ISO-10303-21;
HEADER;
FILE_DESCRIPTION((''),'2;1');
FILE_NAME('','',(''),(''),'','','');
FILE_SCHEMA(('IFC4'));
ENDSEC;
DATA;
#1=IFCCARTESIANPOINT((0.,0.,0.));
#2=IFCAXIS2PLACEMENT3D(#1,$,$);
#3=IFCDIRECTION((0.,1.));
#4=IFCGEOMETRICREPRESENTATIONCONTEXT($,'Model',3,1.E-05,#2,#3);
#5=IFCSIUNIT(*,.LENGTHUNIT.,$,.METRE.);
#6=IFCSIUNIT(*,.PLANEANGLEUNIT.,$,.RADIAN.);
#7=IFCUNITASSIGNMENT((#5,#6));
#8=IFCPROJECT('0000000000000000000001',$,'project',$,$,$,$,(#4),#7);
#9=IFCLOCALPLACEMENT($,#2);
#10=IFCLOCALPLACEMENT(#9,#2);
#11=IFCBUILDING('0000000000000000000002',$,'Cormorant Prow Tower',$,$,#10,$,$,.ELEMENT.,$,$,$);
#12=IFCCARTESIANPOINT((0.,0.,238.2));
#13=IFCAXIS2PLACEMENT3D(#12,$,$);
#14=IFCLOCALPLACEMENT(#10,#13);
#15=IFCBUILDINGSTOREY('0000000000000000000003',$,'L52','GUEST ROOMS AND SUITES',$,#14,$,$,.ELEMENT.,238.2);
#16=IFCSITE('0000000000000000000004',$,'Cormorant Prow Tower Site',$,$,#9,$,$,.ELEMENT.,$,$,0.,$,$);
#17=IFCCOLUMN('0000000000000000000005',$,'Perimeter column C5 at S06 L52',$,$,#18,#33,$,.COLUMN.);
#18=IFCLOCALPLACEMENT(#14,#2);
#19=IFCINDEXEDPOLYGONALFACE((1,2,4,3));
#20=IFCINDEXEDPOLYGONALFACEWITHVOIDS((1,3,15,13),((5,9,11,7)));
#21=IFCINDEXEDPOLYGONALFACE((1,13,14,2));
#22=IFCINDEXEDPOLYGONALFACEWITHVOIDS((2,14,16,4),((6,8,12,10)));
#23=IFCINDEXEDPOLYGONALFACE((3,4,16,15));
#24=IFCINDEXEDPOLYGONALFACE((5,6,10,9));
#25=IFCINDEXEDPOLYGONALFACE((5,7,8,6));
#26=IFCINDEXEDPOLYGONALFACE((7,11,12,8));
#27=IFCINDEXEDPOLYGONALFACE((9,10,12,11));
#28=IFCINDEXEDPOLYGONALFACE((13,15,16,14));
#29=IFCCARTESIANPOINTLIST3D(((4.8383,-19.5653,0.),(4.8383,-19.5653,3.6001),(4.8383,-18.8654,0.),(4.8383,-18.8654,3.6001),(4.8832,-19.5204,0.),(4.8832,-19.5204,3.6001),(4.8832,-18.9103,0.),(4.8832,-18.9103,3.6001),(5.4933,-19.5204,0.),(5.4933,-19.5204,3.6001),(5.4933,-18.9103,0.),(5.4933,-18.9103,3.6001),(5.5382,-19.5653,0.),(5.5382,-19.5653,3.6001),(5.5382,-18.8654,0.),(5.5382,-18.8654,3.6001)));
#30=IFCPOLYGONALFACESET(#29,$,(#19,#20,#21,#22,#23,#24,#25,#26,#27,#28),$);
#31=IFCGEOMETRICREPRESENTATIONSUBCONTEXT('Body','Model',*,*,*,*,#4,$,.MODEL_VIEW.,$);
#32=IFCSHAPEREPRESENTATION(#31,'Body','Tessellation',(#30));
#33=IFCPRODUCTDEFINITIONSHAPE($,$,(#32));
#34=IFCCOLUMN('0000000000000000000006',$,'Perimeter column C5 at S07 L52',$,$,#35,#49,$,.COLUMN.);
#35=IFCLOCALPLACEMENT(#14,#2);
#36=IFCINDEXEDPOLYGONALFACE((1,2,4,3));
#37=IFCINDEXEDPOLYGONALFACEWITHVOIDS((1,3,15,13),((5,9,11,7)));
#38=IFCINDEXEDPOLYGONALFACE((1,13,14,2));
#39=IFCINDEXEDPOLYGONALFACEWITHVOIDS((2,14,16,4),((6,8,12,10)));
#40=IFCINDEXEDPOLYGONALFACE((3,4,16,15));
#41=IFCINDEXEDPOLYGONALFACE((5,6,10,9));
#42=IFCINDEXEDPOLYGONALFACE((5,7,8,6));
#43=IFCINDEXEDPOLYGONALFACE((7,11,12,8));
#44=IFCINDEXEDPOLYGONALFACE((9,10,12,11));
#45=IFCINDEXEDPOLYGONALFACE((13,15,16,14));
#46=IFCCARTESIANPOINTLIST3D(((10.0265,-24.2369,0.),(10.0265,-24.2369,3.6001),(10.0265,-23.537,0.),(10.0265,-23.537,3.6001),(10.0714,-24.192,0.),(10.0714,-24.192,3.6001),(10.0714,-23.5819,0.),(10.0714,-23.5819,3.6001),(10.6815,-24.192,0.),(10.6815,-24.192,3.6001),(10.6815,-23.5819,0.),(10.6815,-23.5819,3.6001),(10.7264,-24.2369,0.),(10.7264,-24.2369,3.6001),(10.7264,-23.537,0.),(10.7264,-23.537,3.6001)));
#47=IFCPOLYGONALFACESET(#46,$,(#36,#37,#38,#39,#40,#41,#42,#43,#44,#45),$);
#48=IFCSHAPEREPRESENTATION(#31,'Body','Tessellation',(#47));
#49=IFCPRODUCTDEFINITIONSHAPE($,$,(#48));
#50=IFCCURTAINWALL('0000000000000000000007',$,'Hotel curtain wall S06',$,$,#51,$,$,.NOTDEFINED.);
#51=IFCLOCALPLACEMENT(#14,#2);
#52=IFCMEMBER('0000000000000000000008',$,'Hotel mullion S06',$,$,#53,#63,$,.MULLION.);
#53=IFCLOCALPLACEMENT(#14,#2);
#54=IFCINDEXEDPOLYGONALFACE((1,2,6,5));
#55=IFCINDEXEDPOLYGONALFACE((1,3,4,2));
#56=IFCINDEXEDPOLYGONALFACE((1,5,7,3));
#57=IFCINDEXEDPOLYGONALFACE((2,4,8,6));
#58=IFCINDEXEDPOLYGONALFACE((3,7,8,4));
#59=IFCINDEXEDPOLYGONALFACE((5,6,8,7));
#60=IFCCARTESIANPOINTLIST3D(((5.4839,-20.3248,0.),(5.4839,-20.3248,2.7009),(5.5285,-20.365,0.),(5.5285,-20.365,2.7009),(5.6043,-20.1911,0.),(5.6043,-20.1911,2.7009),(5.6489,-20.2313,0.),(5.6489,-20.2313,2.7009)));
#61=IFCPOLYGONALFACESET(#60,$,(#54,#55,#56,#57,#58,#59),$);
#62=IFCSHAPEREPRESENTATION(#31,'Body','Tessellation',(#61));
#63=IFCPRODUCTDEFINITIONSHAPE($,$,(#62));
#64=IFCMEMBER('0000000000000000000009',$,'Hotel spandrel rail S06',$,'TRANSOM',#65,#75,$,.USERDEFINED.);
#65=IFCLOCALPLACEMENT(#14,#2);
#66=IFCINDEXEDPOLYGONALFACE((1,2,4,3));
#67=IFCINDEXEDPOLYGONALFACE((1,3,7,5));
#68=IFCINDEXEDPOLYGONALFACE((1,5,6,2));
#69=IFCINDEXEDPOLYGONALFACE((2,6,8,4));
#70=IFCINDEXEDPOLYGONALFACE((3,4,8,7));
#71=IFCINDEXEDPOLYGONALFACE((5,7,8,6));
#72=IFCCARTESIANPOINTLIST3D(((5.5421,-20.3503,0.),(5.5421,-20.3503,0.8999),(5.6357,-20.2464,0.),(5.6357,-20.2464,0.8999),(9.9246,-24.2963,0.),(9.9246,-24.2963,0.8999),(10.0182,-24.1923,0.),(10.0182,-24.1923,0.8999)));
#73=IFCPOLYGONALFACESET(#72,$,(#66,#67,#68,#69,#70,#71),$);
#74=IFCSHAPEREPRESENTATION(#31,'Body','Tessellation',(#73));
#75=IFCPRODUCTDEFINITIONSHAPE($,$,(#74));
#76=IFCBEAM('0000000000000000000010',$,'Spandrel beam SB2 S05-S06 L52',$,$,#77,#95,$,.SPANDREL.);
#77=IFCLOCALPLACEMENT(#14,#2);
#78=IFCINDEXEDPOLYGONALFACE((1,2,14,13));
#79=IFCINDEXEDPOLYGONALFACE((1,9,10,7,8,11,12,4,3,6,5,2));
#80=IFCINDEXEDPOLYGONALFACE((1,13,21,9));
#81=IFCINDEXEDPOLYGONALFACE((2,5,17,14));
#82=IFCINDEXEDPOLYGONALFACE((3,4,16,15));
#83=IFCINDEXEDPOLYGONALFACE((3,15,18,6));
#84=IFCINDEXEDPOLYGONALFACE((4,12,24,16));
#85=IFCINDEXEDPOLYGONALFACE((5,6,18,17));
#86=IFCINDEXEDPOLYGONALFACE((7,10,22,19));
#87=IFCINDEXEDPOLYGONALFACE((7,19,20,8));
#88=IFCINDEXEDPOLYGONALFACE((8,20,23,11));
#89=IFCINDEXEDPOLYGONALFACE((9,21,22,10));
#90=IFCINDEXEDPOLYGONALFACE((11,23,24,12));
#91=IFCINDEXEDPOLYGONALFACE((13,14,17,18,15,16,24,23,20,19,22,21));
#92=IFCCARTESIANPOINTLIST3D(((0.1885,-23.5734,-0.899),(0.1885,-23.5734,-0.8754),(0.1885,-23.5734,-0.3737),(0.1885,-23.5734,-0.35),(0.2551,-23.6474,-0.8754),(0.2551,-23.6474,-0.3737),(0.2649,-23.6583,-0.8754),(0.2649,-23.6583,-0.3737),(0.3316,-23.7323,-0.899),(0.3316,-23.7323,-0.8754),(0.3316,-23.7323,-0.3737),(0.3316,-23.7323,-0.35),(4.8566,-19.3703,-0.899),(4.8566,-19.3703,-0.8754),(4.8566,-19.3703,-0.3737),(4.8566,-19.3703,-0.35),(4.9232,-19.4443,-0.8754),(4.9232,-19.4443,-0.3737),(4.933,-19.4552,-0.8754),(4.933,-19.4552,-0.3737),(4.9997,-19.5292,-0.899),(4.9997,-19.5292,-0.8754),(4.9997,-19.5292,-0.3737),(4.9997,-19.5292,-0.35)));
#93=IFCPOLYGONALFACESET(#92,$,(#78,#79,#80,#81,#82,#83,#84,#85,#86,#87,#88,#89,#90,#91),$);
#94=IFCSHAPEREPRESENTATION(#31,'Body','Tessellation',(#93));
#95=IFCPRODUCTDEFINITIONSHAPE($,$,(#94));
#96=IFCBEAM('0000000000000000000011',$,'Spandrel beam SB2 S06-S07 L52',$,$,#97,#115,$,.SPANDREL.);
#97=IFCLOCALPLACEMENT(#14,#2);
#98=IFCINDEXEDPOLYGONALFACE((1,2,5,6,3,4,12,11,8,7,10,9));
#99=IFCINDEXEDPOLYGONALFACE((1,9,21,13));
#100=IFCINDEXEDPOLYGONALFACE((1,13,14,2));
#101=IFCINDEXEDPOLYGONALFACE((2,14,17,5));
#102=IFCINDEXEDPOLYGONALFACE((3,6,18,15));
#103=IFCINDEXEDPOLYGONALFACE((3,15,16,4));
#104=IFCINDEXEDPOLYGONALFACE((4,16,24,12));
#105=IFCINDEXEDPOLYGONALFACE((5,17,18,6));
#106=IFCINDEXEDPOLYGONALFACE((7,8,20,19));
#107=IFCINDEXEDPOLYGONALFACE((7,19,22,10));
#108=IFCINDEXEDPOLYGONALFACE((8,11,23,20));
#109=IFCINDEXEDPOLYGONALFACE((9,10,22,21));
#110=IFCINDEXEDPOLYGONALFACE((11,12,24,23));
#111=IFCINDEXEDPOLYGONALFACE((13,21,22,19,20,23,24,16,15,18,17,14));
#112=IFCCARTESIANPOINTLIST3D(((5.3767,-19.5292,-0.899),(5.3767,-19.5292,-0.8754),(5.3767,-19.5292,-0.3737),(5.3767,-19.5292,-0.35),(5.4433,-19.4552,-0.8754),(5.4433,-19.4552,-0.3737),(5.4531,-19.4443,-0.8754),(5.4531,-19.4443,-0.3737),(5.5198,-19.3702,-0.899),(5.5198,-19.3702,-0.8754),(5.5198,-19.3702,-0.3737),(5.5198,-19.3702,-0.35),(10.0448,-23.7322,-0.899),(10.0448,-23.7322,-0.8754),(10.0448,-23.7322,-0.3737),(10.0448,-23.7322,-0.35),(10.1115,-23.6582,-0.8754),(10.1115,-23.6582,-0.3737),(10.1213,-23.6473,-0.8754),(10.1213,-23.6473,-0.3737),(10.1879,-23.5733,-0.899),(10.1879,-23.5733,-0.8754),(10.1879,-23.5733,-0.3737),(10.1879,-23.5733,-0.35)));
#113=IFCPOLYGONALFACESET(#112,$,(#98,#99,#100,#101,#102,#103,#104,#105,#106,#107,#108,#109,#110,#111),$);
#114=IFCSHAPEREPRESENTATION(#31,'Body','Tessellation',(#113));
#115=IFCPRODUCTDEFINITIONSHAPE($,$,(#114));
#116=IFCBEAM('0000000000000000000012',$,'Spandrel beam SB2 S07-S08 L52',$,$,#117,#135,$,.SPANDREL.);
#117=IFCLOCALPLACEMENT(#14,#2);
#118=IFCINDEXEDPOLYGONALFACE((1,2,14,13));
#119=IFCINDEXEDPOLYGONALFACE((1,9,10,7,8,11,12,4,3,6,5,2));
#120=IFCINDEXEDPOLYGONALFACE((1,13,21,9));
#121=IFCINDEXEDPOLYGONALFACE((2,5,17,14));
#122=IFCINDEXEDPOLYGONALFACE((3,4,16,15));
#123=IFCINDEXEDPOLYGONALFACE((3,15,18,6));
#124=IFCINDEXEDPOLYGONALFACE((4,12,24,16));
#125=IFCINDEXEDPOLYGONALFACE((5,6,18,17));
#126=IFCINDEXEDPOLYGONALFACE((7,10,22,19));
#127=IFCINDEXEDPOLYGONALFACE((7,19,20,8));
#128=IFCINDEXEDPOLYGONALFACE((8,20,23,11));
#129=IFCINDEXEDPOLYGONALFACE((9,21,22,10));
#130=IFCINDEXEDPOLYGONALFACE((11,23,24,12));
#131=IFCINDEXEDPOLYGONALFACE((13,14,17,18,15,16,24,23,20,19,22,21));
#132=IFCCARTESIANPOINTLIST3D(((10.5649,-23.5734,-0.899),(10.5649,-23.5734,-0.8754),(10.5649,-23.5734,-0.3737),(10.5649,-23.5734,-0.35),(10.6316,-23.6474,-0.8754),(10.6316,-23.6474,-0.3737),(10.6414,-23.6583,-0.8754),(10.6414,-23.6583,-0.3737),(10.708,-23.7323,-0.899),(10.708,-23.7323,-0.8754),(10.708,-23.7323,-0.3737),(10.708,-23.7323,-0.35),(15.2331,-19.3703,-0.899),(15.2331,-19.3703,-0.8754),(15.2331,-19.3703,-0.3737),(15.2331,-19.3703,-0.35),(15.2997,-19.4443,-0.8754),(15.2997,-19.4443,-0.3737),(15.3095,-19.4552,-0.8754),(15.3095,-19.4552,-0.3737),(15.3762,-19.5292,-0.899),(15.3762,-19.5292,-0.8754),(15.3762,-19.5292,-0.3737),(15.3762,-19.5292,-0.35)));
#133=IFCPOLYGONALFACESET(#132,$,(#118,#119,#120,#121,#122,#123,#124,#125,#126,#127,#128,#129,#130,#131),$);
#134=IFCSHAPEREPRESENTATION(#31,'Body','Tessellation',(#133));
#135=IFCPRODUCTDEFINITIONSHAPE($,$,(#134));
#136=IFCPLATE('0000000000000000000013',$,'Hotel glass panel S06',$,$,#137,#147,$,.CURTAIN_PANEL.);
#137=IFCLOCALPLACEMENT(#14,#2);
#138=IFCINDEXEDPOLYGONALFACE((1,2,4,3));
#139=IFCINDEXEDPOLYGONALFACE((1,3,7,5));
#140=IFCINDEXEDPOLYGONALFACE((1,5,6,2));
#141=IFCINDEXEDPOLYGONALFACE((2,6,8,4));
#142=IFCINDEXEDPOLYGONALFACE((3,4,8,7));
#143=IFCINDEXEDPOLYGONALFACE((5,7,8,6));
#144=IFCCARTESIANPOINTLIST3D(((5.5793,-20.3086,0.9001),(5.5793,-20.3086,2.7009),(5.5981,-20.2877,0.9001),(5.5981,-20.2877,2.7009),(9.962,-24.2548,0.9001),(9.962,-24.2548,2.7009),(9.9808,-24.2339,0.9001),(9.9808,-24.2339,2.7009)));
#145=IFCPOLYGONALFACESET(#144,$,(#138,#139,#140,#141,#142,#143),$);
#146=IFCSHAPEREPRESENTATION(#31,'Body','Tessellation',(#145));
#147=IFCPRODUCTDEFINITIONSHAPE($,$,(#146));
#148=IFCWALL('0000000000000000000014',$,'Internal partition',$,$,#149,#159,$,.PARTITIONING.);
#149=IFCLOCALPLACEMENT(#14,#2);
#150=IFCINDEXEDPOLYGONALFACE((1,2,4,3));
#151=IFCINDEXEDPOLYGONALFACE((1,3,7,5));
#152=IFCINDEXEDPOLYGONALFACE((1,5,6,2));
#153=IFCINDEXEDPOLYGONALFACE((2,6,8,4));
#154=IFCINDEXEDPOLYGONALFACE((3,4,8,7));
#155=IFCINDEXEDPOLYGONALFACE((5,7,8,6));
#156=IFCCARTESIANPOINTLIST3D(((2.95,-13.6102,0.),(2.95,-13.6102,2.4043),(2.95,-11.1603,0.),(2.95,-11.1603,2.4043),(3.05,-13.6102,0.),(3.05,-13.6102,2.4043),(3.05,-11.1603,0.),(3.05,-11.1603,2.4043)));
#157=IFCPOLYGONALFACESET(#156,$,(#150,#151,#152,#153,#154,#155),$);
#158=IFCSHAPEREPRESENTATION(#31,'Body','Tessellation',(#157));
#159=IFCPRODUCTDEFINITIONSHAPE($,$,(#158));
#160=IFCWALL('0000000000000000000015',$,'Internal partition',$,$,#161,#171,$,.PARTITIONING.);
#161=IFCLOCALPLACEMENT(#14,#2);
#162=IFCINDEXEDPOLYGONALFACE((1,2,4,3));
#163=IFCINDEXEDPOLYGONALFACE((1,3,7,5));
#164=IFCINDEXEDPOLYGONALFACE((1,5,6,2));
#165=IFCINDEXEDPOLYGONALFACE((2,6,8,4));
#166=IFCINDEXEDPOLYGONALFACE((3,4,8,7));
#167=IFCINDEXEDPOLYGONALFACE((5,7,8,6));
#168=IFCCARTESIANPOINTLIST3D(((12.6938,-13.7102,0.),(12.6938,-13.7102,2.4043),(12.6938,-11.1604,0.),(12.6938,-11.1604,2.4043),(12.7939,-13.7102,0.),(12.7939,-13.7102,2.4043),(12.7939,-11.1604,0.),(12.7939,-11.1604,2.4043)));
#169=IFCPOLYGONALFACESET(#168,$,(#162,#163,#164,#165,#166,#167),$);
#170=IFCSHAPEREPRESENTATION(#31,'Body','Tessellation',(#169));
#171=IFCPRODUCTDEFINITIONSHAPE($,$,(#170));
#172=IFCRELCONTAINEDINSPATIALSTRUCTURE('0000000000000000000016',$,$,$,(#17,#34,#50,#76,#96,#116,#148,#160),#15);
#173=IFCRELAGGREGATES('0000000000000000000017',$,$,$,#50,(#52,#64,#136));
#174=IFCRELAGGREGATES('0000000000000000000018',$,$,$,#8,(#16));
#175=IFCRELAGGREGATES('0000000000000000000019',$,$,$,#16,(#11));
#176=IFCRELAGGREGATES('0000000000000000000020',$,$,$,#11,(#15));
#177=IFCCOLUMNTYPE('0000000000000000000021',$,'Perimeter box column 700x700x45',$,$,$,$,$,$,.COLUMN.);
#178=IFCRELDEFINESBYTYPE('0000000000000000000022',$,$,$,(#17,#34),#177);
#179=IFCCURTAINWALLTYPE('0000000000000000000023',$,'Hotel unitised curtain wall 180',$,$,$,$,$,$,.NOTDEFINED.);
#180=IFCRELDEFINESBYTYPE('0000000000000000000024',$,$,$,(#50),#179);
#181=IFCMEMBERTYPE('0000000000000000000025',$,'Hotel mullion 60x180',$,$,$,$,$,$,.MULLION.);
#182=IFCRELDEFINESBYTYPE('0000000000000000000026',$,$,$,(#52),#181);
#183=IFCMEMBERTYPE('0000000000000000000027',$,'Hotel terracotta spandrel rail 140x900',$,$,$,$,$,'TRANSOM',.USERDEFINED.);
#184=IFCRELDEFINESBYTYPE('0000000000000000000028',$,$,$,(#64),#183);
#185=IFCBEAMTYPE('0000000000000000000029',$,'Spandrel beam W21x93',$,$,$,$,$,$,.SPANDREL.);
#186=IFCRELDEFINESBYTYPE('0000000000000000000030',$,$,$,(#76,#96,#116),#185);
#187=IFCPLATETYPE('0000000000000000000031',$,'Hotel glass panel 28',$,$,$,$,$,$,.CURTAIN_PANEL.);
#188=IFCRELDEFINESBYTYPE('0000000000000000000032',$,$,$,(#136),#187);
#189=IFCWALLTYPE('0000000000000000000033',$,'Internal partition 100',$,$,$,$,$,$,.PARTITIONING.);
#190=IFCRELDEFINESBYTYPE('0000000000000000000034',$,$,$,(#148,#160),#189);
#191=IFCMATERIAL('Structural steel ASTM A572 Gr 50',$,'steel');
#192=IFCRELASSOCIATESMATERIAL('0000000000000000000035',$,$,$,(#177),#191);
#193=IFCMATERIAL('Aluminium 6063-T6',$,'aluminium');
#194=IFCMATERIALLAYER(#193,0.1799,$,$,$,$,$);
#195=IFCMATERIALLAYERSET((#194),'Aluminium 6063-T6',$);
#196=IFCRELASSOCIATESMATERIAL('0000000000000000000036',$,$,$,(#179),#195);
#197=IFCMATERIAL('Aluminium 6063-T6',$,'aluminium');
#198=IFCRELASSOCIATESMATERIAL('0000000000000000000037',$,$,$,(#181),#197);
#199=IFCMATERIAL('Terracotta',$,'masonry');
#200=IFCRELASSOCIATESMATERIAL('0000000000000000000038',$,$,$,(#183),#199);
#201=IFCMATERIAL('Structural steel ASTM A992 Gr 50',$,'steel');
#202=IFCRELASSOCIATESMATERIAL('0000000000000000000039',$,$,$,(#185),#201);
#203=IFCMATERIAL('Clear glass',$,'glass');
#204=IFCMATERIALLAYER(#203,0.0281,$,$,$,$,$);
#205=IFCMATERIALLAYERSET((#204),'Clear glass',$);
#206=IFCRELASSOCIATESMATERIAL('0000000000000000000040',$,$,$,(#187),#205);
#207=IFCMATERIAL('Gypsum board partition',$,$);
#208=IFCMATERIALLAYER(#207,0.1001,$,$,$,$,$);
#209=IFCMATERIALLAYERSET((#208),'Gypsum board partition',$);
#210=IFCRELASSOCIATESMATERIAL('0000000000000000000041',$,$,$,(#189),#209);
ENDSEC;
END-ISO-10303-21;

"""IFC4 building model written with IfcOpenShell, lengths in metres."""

from ifc_helpers import new_model, si_unit, direction, frame, frame_2d, origin, origin_2d, place, context, subcontext, project, spatial, rectangle, hollow_rectangle, i_section, extrude, material, layer, layer_set, material_profile, profile_set, type_object, element, aggregate, save


model = new_model("IFC4")

# Units and contexts
model_context = context("Model", 3, precision=1e-05, world=origin(), true_north=direction((0.0, 1.0)))
body_context = subcontext(model_context, "Body", "Model", "MODEL_VIEW")
ifc_project = project(units=[si_unit("LENGTHUNIT", "METRE"), si_unit("PLANEANGLEUNIT", "RADIAN")], contexts=[model_context])

# Site, building, storey
site_placement = place(None, origin())
site = spatial("IfcSite", under=ifc_project, at=site_placement, Name="Cormorant Prow Tower Site", CompositionType="ELEMENT", RefElevation=0.0)
building_placement = place(site_placement, origin())
building = spatial("IfcBuilding", under=site, at=building_placement, Name="Cormorant Prow Tower", CompositionType="ELEMENT")
storey_placement = place(building_placement, frame((0.0, 0.0, 238.2)))
storey = spatial("IfcBuildingStorey", under=building, at=storey_placement, Name="L52", Description="GUEST ROOMS AND SUITES", CompositionType="ELEMENT", Elevation=238.2)

# Columns
ifc_material_1 = material(Name="Structural steel ASTM A572 Gr 50", Category="steel")
ifc_material_profile_1 = material_profile(ifc_material_1, hollow_rectangle(XDim=0.7, YDim=0.7, WallThickness=0.0449, at=origin_2d()), Name="Box 700x700x45")
ifc_profile_set_1 = profile_set([ifc_material_profile_1], Name="Structural steel ASTM A572 Gr 50")
column_type = type_object("IfcColumnType", Name="Perimeter box column 700x700x45", PredefinedType="COLUMN", material=ifc_profile_set_1)
for number, where, z_axis, x_axis, name in (
    (1, (5.1882, -19.2153, 0.0), (0.0, 0.0, 1.0), (1.0, 0.0, 0.0), "Perimeter column C5 at S06 L52"),
    (2, (10.3765, -23.887, 0.0), (0.0, 0.0, 1.0), (1.0, 0.0, 0.0), "Perimeter column C5 at S07 L52"),
):
    element("IfcColumn", number, at=place(storey_placement, frame(where, z_axis=z_axis, x_axis=x_axis)), inside=storey, type_object=column_type, Name=name, PredefinedType="COLUMN", context=body_context, shape_type="SweptSolid", body=[
        extrude(hollow_rectangle(XDim=0.7, YDim=0.7, WallThickness=0.0449, at=origin_2d()), origin(), (0.0, 0.0, 1.0), 3.6001),
    ])

# Curtain wall, members
ifc_material_2 = material(Name="Aluminium 6063-T6", Category="aluminium")
ifc_layer_1 = layer(ifc_material_2, 0.1799)
ifc_layer_set_1 = layer_set([ifc_layer_1], Name="Aluminium 6063-T6")
curtain_wall_type = type_object("IfcCurtainWallType", Name="Hotel unitised curtain wall 180", PredefinedType="NOTDEFINED", material=ifc_layer_set_1)
curtain_wall_placement = place(storey_placement, origin())
curtain_wall = element("IfcCurtainWall", 3, at=curtain_wall_placement, inside=storey, type_object=curtain_wall_type, Name="Hotel curtain wall S06", PredefinedType="NOTDEFINED")
ifc_material_3 = material(Name="Aluminium 6063-T6", Category="aluminium")
ifc_material_profile_2 = material_profile(ifc_material_3, rectangle(XDim=0.1799, YDim=0.0601, at=origin_2d()), Name="Hotel mullion 60x180")
ifc_profile_set_2 = profile_set([ifc_material_profile_2], Name="Aluminium 6063-T6")
member_type_1 = type_object("IfcMemberType", Name="Hotel mullion 60x180", PredefinedType="MULLION", material=ifc_profile_set_2)
member_1_placement = place(storey_placement, frame((5.5664, -20.2781, 0.0), z_axis=(0.0, 0.0, 1.0), x_axis=(0.669131, 0.743145, 0.0)))
member_1 = element("IfcMember", 4, at=member_1_placement, type_object=member_type_1, Name="Hotel mullion S06", PredefinedType="MULLION", context=body_context, shape_type="SweptSolid", body=[
    extrude(rectangle(XDim=0.1799, YDim=0.0601, at=origin_2d()), origin(), (0.0, 0.0, 1.0), 2.7009),
])
ifc_material_4 = material(Name="Terracotta", Category="masonry")
ifc_material_profile_3 = material_profile(ifc_material_4, rectangle(XDim=0.1399, YDim=0.8999, at=origin_2d()), Name="Hotel terracotta spandrel rail 140x900")
ifc_profile_set_3 = profile_set([ifc_material_profile_3], Name="Terracotta")
member_type_2 = type_object("IfcMemberType", Name="Hotel terracotta spandrel rail 140x900", ElementType="TRANSOM", PredefinedType="USERDEFINED", material=ifc_profile_set_3)
member_2_placement = place(storey_placement, frame((5.5889, -20.2983, 0.45), z_axis=(0.743148, -0.669127, 0.0), x_axis=(0.669127, 0.743148, 0.0)))
member_2 = element("IfcMember", 5, at=member_2_placement, type_object=member_type_2, Name="Hotel spandrel rail S06", ObjectType="TRANSOM", PredefinedType="USERDEFINED", context=body_context, shape_type="SweptSolid", body=[
    extrude(rectangle(XDim=0.1399, YDim=0.8999, at=origin_2d()), origin(), (0.0, 0.0, 1.0), 5.8972),
])

# Beams
ifc_material_5 = material(Name="Structural steel ASTM A992 Gr 50", Category="steel")
ifc_material_profile_4 = material_profile(ifc_material_5, i_section(OverallWidth=0.2139, OverallDepth=0.5491, WebThickness=0.0146, FlangeThickness=0.0237, at=origin_2d()), Name="W21x93")
ifc_profile_set_4 = profile_set([ifc_material_profile_4], Name="Structural steel ASTM A992 Gr 50")
beam_type = type_object("IfcBeamType", Name="Spandrel beam W21x93", PredefinedType="SPANDREL", material=ifc_profile_set_4)
for number, where, z_axis, x_axis, name in (
    (6, (0.26, -23.6528, -0.6245), (0.743157, 0.669117, 0.0), (-0.669117, 0.743157, 0.0), "Spandrel beam SB2 S05-S06 L52"),
    (7, (5.4482, -19.4497, -0.6245), (0.743157, -0.669117, 0.0), (0.669117, 0.743157, 0.0), "Spandrel beam SB2 S06-S07 L52"),
    (8, (10.6365, -23.6528, -0.6245), (0.743157, 0.669117, 0.0), (-0.669117, 0.743157, 0.0), "Spandrel beam SB2 S07-S08 L52"),
):
    element("IfcBeam", number, at=place(storey_placement, frame(where, z_axis=z_axis, x_axis=x_axis)), inside=storey, type_object=beam_type, Name=name, PredefinedType="SPANDREL", context=body_context, shape_type="SweptSolid", body=[
        extrude(i_section(OverallWidth=0.2139, OverallDepth=0.5491, WebThickness=0.0146, FlangeThickness=0.0237, at=origin_2d()), origin(), (0.0, 0.0, 1.0), 6.2815),
    ])

# Plate
ifc_material_6 = material(Name="Clear glass", Category="glass")
ifc_layer_2 = layer(ifc_material_6, 0.0281)
ifc_layer_set_2 = layer_set([ifc_layer_2], Name="Clear glass")
plate_type = type_object("IfcPlateType", Name="Hotel glass panel 28", PredefinedType="CURTAIN_PANEL", material=ifc_layer_set_2)
plate_placement = place(storey_placement, frame((7.78, -22.2712, 0.9001), z_axis=(0.0, 0.0, 1.0), x_axis=(0.743145, -0.669131, 0.0)))
plate = element("IfcPlate", 9, at=plate_placement, type_object=plate_type, Name="Hotel glass panel S06", PredefinedType="CURTAIN_PANEL", context=body_context, shape_type="SweptSolid", body=[
    extrude(rectangle(XDim=5.8975, YDim=0.0281, at=origin_2d()), origin(), (0.0, 0.0, 1.0), 1.8008),
])
aggregate(curtain_wall, [member_1, member_2, plate])

# Walls
ifc_material_7 = material(Name="Gypsum board partition")
ifc_layer_3 = layer(ifc_material_7, 0.1001)
ifc_layer_set_3 = layer_set([ifc_layer_3], Name="Gypsum board partition")
wall_type_1 = type_object("IfcWallType", Name="Internal partition 100", PredefinedType="PARTITIONING", material=ifc_layer_set_3)
wall_1_placement = place(storey_placement, frame((3.0, -13.6104, 0.0), z_axis=(0.0, 0.0, 1.0), x_axis=(0.0, 1.0, 0.0)))
element("IfcWall", 10, at=wall_1_placement, inside=storey, type_object=wall_type_1, Name="Internal partition", PredefinedType="PARTITIONING", context=body_context, shape_type="SweptSolid", body=[
    extrude(rectangle(XDim=2.45, YDim=0.1001, at=frame_2d((1.2251, 0.0))), origin(), (0.0, 0.0, 1.0), 2.4043),
])
wall_2_placement = place(storey_placement, frame((12.7439, -13.7102, 0.0), z_axis=(0.0, 0.0, 1.0), x_axis=(0.0, 1.0, 0.0)))
element("IfcWall", 11, at=wall_2_placement, inside=storey, type_object=wall_type_1, Name="Internal partition", PredefinedType="PARTITIONING", context=body_context, shape_type="SweptSolid", body=[
    extrude(rectangle(XDim=2.5498, YDim=0.1001, at=frame_2d((1.2749, 0.0))), origin(), (0.0, 0.0, 1.0), 2.4043),
])

save(model, "model.ifc")
